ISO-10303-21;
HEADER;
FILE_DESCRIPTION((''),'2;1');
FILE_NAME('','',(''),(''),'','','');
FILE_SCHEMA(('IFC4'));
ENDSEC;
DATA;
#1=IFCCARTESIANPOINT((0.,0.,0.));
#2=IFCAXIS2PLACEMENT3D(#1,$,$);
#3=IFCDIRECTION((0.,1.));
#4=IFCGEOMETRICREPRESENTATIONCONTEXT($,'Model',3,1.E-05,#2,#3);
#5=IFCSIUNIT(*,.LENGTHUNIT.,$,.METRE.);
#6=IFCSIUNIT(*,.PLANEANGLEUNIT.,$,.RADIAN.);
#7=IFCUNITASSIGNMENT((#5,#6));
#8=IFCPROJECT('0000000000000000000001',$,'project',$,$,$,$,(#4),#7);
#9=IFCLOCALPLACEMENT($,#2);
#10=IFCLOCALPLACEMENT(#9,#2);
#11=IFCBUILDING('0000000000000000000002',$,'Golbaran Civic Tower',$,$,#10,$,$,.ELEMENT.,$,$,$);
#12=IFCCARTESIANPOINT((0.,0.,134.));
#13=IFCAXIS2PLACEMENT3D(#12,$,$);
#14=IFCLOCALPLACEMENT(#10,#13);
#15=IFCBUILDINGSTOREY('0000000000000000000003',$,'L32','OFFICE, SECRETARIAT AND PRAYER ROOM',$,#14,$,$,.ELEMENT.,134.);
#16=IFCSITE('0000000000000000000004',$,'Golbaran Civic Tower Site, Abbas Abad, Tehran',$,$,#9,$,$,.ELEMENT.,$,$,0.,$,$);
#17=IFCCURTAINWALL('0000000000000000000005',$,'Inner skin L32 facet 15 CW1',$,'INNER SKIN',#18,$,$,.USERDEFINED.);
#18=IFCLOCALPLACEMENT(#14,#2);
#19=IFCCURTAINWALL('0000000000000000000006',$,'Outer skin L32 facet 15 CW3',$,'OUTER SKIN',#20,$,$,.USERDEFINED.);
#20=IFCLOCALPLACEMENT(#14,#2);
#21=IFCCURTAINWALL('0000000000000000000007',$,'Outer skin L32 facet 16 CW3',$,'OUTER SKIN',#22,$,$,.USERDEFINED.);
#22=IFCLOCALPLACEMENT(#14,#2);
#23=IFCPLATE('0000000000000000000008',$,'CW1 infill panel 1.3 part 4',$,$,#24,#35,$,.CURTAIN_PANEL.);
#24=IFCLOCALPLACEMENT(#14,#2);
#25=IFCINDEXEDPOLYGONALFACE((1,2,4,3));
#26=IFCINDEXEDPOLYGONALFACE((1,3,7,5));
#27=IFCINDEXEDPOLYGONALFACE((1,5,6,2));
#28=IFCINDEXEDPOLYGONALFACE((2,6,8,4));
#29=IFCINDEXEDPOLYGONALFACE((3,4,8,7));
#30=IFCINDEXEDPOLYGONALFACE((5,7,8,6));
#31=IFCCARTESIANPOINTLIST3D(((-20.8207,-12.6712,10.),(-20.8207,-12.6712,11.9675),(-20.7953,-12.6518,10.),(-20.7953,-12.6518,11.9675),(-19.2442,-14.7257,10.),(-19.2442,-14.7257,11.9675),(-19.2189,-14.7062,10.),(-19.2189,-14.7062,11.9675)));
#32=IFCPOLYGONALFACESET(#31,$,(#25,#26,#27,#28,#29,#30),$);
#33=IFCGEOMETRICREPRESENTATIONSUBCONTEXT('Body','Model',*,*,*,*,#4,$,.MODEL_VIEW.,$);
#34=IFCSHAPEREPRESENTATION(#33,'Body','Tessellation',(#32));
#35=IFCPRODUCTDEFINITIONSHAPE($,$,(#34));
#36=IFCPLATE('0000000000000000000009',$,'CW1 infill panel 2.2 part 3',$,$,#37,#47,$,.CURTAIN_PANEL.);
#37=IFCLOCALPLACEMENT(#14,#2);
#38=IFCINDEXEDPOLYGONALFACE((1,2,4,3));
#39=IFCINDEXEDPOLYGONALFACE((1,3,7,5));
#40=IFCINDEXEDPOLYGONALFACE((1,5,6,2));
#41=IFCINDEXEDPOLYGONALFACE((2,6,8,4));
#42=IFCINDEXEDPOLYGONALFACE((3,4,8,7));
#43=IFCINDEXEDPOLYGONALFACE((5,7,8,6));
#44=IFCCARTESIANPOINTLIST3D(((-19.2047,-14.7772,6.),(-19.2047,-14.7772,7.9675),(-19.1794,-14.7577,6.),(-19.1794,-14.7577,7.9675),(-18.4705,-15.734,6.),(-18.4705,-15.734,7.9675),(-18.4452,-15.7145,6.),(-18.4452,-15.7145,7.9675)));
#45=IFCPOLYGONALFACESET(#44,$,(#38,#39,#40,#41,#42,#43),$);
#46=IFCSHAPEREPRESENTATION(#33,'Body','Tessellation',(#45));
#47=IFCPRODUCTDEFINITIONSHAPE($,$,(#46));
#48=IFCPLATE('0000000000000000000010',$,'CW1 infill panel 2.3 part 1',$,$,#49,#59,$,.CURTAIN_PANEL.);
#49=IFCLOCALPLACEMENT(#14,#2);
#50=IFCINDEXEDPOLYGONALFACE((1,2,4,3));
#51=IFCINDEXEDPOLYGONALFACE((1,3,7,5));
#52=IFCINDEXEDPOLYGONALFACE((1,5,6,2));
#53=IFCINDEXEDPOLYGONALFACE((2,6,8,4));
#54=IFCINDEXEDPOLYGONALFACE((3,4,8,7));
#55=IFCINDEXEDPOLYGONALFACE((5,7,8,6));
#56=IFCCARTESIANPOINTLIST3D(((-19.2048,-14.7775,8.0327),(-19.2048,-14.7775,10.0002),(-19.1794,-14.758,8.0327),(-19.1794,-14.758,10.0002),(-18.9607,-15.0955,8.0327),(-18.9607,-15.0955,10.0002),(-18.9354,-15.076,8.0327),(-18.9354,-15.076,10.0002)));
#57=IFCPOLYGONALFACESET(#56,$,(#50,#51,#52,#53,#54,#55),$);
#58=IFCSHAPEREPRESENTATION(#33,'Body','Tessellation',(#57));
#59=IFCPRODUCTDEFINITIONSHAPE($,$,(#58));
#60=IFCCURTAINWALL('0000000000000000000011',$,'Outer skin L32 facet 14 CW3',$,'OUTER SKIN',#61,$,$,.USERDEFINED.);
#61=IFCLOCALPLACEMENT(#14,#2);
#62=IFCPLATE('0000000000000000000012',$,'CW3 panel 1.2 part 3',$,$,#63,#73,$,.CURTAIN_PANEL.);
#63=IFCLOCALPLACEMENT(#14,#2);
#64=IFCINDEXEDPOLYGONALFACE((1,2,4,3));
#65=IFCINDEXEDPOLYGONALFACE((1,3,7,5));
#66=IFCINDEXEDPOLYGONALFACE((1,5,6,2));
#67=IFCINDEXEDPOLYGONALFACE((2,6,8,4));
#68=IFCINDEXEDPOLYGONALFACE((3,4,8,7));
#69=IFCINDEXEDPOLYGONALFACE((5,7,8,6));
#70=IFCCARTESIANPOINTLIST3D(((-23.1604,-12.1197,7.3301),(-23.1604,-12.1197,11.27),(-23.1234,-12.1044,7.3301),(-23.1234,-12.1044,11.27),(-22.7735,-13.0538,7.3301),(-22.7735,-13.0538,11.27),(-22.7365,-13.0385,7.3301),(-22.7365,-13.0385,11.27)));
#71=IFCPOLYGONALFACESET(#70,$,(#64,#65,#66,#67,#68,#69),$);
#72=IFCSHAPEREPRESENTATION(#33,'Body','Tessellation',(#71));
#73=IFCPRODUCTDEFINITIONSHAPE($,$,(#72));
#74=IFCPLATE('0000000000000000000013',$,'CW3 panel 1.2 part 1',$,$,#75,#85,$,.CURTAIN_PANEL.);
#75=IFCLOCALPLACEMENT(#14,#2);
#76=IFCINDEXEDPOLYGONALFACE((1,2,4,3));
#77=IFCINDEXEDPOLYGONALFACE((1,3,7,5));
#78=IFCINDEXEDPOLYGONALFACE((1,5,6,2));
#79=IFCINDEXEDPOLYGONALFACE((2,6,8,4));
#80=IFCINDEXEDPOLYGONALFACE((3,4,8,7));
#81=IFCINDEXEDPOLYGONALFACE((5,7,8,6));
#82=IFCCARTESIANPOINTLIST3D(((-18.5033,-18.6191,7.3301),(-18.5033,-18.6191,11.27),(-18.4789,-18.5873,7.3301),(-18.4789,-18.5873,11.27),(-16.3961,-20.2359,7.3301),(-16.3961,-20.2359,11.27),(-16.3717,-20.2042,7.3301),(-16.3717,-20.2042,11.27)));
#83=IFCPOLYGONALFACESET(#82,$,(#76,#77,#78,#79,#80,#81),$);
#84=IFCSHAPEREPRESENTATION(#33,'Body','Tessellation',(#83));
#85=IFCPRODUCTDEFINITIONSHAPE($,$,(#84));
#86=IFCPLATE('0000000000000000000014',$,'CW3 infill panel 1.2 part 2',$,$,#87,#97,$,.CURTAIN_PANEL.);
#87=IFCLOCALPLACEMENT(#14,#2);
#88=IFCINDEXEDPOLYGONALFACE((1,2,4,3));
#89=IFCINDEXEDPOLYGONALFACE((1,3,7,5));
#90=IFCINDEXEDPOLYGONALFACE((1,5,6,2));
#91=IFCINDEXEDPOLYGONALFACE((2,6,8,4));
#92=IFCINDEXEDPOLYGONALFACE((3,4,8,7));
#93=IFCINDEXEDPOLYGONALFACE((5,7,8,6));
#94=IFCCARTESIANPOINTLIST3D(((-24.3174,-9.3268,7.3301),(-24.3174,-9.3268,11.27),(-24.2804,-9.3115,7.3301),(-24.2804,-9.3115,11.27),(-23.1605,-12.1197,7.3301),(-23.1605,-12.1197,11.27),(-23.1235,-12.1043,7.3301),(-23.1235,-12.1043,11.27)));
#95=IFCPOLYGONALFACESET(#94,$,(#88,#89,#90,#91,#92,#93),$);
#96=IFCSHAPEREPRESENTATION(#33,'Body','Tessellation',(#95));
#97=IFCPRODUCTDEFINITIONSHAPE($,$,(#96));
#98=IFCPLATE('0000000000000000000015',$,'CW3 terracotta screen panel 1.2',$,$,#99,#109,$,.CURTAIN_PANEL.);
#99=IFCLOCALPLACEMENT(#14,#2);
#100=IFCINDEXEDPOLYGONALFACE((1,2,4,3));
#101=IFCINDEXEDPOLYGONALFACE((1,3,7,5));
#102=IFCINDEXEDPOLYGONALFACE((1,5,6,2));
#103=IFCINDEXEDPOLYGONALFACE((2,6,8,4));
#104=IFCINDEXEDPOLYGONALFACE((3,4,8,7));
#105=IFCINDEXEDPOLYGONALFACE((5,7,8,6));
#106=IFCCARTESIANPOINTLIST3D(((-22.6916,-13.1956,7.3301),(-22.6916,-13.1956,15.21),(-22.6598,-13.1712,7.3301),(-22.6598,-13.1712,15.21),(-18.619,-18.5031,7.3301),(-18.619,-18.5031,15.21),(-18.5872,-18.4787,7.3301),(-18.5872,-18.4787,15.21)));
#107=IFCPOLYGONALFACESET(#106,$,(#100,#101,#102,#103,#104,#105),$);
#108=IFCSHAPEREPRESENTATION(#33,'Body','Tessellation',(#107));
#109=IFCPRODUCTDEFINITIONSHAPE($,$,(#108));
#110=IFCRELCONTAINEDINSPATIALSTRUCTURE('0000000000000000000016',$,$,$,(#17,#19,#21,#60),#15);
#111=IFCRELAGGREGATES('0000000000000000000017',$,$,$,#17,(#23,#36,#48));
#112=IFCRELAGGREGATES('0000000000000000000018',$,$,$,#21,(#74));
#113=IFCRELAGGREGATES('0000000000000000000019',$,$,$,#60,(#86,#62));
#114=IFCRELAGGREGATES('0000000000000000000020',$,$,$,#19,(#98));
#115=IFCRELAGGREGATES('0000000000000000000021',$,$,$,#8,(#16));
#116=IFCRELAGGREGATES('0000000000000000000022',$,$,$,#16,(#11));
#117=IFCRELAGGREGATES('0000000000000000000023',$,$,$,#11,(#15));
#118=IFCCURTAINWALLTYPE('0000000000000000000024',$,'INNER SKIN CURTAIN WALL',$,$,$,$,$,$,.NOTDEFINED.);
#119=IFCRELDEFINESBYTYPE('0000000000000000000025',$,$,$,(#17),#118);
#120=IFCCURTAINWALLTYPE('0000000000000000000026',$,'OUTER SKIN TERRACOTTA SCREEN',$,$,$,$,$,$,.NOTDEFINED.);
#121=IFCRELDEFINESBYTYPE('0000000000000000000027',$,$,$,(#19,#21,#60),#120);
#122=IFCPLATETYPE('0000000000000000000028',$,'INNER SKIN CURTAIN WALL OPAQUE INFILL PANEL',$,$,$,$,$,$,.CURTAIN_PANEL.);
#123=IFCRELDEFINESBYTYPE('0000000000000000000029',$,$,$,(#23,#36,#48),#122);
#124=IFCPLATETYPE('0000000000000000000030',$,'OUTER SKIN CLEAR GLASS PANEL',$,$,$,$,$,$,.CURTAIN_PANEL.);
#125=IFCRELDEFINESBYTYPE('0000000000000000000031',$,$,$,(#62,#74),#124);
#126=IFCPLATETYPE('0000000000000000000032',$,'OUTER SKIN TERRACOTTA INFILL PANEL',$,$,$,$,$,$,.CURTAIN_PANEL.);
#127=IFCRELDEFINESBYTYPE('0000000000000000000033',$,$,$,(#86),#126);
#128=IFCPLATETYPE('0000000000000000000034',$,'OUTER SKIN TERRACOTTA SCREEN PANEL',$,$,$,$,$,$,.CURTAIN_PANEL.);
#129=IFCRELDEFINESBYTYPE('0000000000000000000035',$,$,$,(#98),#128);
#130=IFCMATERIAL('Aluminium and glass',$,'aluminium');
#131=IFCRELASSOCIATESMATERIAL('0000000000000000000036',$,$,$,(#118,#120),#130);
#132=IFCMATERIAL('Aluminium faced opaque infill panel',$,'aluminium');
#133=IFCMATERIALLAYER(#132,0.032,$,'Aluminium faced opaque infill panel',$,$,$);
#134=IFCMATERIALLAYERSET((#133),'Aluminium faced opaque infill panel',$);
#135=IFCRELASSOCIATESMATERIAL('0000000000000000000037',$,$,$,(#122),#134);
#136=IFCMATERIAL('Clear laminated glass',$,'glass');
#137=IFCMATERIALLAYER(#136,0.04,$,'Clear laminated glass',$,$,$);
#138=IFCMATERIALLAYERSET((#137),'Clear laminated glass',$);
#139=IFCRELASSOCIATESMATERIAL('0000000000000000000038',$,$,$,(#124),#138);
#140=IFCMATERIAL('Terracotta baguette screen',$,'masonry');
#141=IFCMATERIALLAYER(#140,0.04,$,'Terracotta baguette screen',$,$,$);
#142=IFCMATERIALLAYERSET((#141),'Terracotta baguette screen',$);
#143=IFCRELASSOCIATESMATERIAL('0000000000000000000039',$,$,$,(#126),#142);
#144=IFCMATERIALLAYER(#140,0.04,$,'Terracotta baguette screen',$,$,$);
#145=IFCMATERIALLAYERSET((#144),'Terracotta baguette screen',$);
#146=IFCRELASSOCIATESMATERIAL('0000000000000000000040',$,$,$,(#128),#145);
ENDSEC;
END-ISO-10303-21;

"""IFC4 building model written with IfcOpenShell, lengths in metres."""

from ifc_helpers import new_model, si_unit, direction, frame, origin, origin_2d, place, context, subcontext, project, spatial, rectangle, extrude, material, layer, layer_set, type_object, element, aggregate, save


model = new_model("IFC4")

# Units and contexts
model_context = context("Model", 3, precision=1e-05, world=origin(), true_north=direction((0.0, 1.0)))
body_context = subcontext(model_context, "Body", "Model", "MODEL_VIEW")
ifc_project = project(units=[si_unit("LENGTHUNIT", "METRE"), si_unit("PLANEANGLEUNIT", "RADIAN")], contexts=[model_context])

# Site, building, storey
site_placement = place(None, origin())
site = spatial("IfcSite", under=ifc_project, at=site_placement, Name="Golbaran Civic Tower Site, Abbas Abad, Tehran", CompositionType="ELEMENT", RefElevation=0.0)
building_placement = place(site_placement, origin())
building = spatial("IfcBuilding", under=site, at=building_placement, Name="Golbaran Civic Tower", CompositionType="ELEMENT")
storey_placement = place(building_placement, frame((0.0, 0.0, 134.0)))
storey = spatial("IfcBuildingStorey", under=building, at=storey_placement, Name="L32", Description="OFFICE, SECRETARIAT AND PRAYER ROOM", CompositionType="ELEMENT", Elevation=134.0)

# Curtain wall
ifc_material_1 = material(Name="Aluminium and glass", Category="aluminium")
curtain_wall_type_1 = type_object("IfcCurtainWallType", Name="INNER SKIN CURTAIN WALL", PredefinedType="NOTDEFINED", material=ifc_material_1)
curtain_wall_1_placement = place(storey_placement, origin())
curtain_wall_1 = element("IfcCurtainWall", 1, at=curtain_wall_1_placement, inside=storey, type_object=curtain_wall_type_1, Name="Inner skin L32 facet 15 CW1", ObjectType="INNER SKIN", PredefinedType="USERDEFINED")

# Curtain walls
curtain_wall_type_2 = type_object("IfcCurtainWallType", Name="OUTER SKIN TERRACOTTA SCREEN", PredefinedType="NOTDEFINED", material=ifc_material_1)
curtain_wall_2_placement = place(storey_placement, origin())
curtain_wall_2 = element("IfcCurtainWall", 2, at=curtain_wall_2_placement, inside=storey, type_object=curtain_wall_type_2, Name="Outer skin L32 facet 15 CW3", ObjectType="OUTER SKIN", PredefinedType="USERDEFINED")
curtain_wall_3_placement = place(storey_placement, origin())
curtain_wall_3 = element("IfcCurtainWall", 3, at=curtain_wall_3_placement, inside=storey, type_object=curtain_wall_type_2, Name="Outer skin L32 facet 16 CW3", ObjectType="OUTER SKIN", PredefinedType="USERDEFINED")

# Plates
ifc_material_2 = material(Name="Aluminium faced opaque infill panel", Category="aluminium")
ifc_layer_1 = layer(ifc_material_2, 0.032, Name="Aluminium faced opaque infill panel")
ifc_layer_set_1 = layer_set([ifc_layer_1], Name="Aluminium faced opaque infill panel")
plate_type_1 = type_object("IfcPlateType", Name="INNER SKIN CURTAIN WALL OPAQUE INFILL PANEL", PredefinedType="CURTAIN_PANEL", material=ifc_layer_set_1)
plate_1_placement = place(storey_placement, frame((-20.0198, -13.6887, 10.0), z_axis=(0.0, 0.0, 1.0), x_axis=(0.608761, -0.793353, 0.0)))
plate_1 = element("IfcPlate", 4, at=plate_1_placement, type_object=plate_type_1, Name="CW1 infill panel 1.3 part 4", PredefinedType="CURTAIN_PANEL", context=body_context, shape_type="SweptSolid", body=[
    extrude(rectangle(XDim=2.5896, YDim=0.032, at=origin_2d()), origin(), (0.0, 0.0, 1.0), 1.9675),
])
plate_2_placement = place(storey_placement, frame((-18.825, -15.2458, 6.0), z_axis=(0.0, 0.0, 1.0), x_axis=(0.608761, -0.793353, 0.0)))
plate_2 = element("IfcPlate", 5, at=plate_2_placement, type_object=plate_type_1, Name="CW1 infill panel 2.2 part 3", PredefinedType="CURTAIN_PANEL", context=body_context, shape_type="SweptSolid", body=[
    extrude(rectangle(XDim=1.2061, YDim=0.032, at=origin_2d()), origin(), (0.0, 0.0, 1.0), 1.9675),
])
plate_3_placement = place(storey_placement, frame((-19.0701, -14.9268, 8.0327), z_axis=(0.0, 0.0, 1.0), x_axis=(0.608761, -0.793353, 0.0)))
plate_3 = element("IfcPlate", 6, at=plate_3_placement, type_object=plate_type_1, Name="CW1 infill panel 2.3 part 1", PredefinedType="CURTAIN_PANEL", context=body_context, shape_type="SweptSolid", body=[
    extrude(rectangle(XDim=0.4009, YDim=0.032, at=origin_2d()), origin(), (0.0, 0.0, 1.0), 1.9675),
])
aggregate(curtain_wall_1, [plate_1, plate_2, plate_3])

# Curtain wall, plate
curtain_wall_4_placement = place(storey_placement, origin())
curtain_wall_4 = element("IfcCurtainWall", 7, at=curtain_wall_4_placement, inside=storey, type_object=curtain_wall_type_2, Name="Outer skin L32 facet 14 CW3", ObjectType="OUTER SKIN", PredefinedType="USERDEFINED")
ifc_material_3 = material(Name="Clear laminated glass", Category="glass")
ifc_layer_2 = layer(ifc_material_3, 0.04, Name="Clear laminated glass")
ifc_layer_set_2 = layer_set([ifc_layer_2], Name="Clear laminated glass")
plate_type_2 = type_object("IfcPlateType", Name="OUTER SKIN CLEAR GLASS PANEL", PredefinedType="CURTAIN_PANEL", material=ifc_layer_set_2)
plate_4_placement = place(storey_placement, frame((-22.9485, -12.5791, 7.3301), z_axis=(0.0, 0.0, 1.0), x_axis=(0.382683, -0.92388, 0.0)))
plate_4 = element("IfcPlate", 8, at=plate_4_placement, type_object=plate_type_2, Name="CW3 panel 1.2 part 3", PredefinedType="CURTAIN_PANEL", context=body_context, shape_type="SweptSolid", body=[
    extrude(rectangle(XDim=1.011, YDim=0.04, at=origin_2d()), origin(), (0.0, 0.0, 1.0), 3.9399),
])

# Plates
plate_5_placement = place(storey_placement, frame((-17.4375, -19.4116, 7.3301), z_axis=(0.0, 0.0, 1.0), x_axis=(0.793353, -0.608761, 0.0)))
plate_5 = element("IfcPlate", 9, at=plate_5_placement, type_object=plate_type_2, Name="CW3 panel 1.2 part 1", PredefinedType="CURTAIN_PANEL", context=body_context, shape_type="SweptSolid", body=[
    extrude(rectangle(XDim=2.656, YDim=0.04, at=origin_2d()), origin(), (0.0, 0.0, 1.0), 3.9399),
])
aggregate(curtain_wall_3, [plate_5])
ifc_material_4 = material(Name="Terracotta baguette screen", Category="masonry")
ifc_layer_3 = layer(ifc_material_4, 0.04, Name="Terracotta baguette screen")
ifc_layer_set_3 = layer_set([ifc_layer_3], Name="Terracotta baguette screen")
plate_type_3 = type_object("IfcPlateType", Name="OUTER SKIN TERRACOTTA INFILL PANEL", PredefinedType="CURTAIN_PANEL", material=ifc_layer_set_3)
plate_6_placement = place(storey_placement, frame((-23.7205, -10.7156, 7.3301), z_axis=(0.0, 0.0, 1.0), x_axis=(0.382683, -0.92388, 0.0)))
plate_6 = element("IfcPlate", 10, at=plate_6_placement, type_object=plate_type_3, Name="CW3 infill panel 1.2 part 2", PredefinedType="CURTAIN_PANEL", context=body_context, shape_type="SweptSolid", body=[
    extrude(rectangle(XDim=3.0229, YDim=0.04, at=origin_2d()), origin(), (0.0, 0.0, 1.0), 3.9399),
])
aggregate(curtain_wall_4, [plate_6, plate_4])
ifc_layer_4 = layer(ifc_material_4, 0.04, Name="Terracotta baguette screen")
ifc_layer_set_4 = layer_set([ifc_layer_4], Name="Terracotta baguette screen")
plate_type_4 = type_object("IfcPlateType", Name="OUTER SKIN TERRACOTTA SCREEN PANEL", PredefinedType="CURTAIN_PANEL", material=ifc_layer_set_4)
plate_7_placement = place(storey_placement, frame((-20.6394, -15.8372, 7.3301), z_axis=(0.0, 0.0, 1.0), x_axis=(0.608761, -0.793353, 0.0)))
plate_7 = element("IfcPlate", 11, at=plate_7_placement, type_object=plate_type_4, Name="CW3 terracotta screen panel 1.2", PredefinedType="CURTAIN_PANEL", context=body_context, shape_type="SweptSolid", body=[
    extrude(rectangle(XDim=6.6899, YDim=0.04, at=origin_2d()), origin(), (0.0, 0.0, 1.0), 7.8799),
])
aggregate(curtain_wall_2, [plate_7])

save(model, "model.ifc")
